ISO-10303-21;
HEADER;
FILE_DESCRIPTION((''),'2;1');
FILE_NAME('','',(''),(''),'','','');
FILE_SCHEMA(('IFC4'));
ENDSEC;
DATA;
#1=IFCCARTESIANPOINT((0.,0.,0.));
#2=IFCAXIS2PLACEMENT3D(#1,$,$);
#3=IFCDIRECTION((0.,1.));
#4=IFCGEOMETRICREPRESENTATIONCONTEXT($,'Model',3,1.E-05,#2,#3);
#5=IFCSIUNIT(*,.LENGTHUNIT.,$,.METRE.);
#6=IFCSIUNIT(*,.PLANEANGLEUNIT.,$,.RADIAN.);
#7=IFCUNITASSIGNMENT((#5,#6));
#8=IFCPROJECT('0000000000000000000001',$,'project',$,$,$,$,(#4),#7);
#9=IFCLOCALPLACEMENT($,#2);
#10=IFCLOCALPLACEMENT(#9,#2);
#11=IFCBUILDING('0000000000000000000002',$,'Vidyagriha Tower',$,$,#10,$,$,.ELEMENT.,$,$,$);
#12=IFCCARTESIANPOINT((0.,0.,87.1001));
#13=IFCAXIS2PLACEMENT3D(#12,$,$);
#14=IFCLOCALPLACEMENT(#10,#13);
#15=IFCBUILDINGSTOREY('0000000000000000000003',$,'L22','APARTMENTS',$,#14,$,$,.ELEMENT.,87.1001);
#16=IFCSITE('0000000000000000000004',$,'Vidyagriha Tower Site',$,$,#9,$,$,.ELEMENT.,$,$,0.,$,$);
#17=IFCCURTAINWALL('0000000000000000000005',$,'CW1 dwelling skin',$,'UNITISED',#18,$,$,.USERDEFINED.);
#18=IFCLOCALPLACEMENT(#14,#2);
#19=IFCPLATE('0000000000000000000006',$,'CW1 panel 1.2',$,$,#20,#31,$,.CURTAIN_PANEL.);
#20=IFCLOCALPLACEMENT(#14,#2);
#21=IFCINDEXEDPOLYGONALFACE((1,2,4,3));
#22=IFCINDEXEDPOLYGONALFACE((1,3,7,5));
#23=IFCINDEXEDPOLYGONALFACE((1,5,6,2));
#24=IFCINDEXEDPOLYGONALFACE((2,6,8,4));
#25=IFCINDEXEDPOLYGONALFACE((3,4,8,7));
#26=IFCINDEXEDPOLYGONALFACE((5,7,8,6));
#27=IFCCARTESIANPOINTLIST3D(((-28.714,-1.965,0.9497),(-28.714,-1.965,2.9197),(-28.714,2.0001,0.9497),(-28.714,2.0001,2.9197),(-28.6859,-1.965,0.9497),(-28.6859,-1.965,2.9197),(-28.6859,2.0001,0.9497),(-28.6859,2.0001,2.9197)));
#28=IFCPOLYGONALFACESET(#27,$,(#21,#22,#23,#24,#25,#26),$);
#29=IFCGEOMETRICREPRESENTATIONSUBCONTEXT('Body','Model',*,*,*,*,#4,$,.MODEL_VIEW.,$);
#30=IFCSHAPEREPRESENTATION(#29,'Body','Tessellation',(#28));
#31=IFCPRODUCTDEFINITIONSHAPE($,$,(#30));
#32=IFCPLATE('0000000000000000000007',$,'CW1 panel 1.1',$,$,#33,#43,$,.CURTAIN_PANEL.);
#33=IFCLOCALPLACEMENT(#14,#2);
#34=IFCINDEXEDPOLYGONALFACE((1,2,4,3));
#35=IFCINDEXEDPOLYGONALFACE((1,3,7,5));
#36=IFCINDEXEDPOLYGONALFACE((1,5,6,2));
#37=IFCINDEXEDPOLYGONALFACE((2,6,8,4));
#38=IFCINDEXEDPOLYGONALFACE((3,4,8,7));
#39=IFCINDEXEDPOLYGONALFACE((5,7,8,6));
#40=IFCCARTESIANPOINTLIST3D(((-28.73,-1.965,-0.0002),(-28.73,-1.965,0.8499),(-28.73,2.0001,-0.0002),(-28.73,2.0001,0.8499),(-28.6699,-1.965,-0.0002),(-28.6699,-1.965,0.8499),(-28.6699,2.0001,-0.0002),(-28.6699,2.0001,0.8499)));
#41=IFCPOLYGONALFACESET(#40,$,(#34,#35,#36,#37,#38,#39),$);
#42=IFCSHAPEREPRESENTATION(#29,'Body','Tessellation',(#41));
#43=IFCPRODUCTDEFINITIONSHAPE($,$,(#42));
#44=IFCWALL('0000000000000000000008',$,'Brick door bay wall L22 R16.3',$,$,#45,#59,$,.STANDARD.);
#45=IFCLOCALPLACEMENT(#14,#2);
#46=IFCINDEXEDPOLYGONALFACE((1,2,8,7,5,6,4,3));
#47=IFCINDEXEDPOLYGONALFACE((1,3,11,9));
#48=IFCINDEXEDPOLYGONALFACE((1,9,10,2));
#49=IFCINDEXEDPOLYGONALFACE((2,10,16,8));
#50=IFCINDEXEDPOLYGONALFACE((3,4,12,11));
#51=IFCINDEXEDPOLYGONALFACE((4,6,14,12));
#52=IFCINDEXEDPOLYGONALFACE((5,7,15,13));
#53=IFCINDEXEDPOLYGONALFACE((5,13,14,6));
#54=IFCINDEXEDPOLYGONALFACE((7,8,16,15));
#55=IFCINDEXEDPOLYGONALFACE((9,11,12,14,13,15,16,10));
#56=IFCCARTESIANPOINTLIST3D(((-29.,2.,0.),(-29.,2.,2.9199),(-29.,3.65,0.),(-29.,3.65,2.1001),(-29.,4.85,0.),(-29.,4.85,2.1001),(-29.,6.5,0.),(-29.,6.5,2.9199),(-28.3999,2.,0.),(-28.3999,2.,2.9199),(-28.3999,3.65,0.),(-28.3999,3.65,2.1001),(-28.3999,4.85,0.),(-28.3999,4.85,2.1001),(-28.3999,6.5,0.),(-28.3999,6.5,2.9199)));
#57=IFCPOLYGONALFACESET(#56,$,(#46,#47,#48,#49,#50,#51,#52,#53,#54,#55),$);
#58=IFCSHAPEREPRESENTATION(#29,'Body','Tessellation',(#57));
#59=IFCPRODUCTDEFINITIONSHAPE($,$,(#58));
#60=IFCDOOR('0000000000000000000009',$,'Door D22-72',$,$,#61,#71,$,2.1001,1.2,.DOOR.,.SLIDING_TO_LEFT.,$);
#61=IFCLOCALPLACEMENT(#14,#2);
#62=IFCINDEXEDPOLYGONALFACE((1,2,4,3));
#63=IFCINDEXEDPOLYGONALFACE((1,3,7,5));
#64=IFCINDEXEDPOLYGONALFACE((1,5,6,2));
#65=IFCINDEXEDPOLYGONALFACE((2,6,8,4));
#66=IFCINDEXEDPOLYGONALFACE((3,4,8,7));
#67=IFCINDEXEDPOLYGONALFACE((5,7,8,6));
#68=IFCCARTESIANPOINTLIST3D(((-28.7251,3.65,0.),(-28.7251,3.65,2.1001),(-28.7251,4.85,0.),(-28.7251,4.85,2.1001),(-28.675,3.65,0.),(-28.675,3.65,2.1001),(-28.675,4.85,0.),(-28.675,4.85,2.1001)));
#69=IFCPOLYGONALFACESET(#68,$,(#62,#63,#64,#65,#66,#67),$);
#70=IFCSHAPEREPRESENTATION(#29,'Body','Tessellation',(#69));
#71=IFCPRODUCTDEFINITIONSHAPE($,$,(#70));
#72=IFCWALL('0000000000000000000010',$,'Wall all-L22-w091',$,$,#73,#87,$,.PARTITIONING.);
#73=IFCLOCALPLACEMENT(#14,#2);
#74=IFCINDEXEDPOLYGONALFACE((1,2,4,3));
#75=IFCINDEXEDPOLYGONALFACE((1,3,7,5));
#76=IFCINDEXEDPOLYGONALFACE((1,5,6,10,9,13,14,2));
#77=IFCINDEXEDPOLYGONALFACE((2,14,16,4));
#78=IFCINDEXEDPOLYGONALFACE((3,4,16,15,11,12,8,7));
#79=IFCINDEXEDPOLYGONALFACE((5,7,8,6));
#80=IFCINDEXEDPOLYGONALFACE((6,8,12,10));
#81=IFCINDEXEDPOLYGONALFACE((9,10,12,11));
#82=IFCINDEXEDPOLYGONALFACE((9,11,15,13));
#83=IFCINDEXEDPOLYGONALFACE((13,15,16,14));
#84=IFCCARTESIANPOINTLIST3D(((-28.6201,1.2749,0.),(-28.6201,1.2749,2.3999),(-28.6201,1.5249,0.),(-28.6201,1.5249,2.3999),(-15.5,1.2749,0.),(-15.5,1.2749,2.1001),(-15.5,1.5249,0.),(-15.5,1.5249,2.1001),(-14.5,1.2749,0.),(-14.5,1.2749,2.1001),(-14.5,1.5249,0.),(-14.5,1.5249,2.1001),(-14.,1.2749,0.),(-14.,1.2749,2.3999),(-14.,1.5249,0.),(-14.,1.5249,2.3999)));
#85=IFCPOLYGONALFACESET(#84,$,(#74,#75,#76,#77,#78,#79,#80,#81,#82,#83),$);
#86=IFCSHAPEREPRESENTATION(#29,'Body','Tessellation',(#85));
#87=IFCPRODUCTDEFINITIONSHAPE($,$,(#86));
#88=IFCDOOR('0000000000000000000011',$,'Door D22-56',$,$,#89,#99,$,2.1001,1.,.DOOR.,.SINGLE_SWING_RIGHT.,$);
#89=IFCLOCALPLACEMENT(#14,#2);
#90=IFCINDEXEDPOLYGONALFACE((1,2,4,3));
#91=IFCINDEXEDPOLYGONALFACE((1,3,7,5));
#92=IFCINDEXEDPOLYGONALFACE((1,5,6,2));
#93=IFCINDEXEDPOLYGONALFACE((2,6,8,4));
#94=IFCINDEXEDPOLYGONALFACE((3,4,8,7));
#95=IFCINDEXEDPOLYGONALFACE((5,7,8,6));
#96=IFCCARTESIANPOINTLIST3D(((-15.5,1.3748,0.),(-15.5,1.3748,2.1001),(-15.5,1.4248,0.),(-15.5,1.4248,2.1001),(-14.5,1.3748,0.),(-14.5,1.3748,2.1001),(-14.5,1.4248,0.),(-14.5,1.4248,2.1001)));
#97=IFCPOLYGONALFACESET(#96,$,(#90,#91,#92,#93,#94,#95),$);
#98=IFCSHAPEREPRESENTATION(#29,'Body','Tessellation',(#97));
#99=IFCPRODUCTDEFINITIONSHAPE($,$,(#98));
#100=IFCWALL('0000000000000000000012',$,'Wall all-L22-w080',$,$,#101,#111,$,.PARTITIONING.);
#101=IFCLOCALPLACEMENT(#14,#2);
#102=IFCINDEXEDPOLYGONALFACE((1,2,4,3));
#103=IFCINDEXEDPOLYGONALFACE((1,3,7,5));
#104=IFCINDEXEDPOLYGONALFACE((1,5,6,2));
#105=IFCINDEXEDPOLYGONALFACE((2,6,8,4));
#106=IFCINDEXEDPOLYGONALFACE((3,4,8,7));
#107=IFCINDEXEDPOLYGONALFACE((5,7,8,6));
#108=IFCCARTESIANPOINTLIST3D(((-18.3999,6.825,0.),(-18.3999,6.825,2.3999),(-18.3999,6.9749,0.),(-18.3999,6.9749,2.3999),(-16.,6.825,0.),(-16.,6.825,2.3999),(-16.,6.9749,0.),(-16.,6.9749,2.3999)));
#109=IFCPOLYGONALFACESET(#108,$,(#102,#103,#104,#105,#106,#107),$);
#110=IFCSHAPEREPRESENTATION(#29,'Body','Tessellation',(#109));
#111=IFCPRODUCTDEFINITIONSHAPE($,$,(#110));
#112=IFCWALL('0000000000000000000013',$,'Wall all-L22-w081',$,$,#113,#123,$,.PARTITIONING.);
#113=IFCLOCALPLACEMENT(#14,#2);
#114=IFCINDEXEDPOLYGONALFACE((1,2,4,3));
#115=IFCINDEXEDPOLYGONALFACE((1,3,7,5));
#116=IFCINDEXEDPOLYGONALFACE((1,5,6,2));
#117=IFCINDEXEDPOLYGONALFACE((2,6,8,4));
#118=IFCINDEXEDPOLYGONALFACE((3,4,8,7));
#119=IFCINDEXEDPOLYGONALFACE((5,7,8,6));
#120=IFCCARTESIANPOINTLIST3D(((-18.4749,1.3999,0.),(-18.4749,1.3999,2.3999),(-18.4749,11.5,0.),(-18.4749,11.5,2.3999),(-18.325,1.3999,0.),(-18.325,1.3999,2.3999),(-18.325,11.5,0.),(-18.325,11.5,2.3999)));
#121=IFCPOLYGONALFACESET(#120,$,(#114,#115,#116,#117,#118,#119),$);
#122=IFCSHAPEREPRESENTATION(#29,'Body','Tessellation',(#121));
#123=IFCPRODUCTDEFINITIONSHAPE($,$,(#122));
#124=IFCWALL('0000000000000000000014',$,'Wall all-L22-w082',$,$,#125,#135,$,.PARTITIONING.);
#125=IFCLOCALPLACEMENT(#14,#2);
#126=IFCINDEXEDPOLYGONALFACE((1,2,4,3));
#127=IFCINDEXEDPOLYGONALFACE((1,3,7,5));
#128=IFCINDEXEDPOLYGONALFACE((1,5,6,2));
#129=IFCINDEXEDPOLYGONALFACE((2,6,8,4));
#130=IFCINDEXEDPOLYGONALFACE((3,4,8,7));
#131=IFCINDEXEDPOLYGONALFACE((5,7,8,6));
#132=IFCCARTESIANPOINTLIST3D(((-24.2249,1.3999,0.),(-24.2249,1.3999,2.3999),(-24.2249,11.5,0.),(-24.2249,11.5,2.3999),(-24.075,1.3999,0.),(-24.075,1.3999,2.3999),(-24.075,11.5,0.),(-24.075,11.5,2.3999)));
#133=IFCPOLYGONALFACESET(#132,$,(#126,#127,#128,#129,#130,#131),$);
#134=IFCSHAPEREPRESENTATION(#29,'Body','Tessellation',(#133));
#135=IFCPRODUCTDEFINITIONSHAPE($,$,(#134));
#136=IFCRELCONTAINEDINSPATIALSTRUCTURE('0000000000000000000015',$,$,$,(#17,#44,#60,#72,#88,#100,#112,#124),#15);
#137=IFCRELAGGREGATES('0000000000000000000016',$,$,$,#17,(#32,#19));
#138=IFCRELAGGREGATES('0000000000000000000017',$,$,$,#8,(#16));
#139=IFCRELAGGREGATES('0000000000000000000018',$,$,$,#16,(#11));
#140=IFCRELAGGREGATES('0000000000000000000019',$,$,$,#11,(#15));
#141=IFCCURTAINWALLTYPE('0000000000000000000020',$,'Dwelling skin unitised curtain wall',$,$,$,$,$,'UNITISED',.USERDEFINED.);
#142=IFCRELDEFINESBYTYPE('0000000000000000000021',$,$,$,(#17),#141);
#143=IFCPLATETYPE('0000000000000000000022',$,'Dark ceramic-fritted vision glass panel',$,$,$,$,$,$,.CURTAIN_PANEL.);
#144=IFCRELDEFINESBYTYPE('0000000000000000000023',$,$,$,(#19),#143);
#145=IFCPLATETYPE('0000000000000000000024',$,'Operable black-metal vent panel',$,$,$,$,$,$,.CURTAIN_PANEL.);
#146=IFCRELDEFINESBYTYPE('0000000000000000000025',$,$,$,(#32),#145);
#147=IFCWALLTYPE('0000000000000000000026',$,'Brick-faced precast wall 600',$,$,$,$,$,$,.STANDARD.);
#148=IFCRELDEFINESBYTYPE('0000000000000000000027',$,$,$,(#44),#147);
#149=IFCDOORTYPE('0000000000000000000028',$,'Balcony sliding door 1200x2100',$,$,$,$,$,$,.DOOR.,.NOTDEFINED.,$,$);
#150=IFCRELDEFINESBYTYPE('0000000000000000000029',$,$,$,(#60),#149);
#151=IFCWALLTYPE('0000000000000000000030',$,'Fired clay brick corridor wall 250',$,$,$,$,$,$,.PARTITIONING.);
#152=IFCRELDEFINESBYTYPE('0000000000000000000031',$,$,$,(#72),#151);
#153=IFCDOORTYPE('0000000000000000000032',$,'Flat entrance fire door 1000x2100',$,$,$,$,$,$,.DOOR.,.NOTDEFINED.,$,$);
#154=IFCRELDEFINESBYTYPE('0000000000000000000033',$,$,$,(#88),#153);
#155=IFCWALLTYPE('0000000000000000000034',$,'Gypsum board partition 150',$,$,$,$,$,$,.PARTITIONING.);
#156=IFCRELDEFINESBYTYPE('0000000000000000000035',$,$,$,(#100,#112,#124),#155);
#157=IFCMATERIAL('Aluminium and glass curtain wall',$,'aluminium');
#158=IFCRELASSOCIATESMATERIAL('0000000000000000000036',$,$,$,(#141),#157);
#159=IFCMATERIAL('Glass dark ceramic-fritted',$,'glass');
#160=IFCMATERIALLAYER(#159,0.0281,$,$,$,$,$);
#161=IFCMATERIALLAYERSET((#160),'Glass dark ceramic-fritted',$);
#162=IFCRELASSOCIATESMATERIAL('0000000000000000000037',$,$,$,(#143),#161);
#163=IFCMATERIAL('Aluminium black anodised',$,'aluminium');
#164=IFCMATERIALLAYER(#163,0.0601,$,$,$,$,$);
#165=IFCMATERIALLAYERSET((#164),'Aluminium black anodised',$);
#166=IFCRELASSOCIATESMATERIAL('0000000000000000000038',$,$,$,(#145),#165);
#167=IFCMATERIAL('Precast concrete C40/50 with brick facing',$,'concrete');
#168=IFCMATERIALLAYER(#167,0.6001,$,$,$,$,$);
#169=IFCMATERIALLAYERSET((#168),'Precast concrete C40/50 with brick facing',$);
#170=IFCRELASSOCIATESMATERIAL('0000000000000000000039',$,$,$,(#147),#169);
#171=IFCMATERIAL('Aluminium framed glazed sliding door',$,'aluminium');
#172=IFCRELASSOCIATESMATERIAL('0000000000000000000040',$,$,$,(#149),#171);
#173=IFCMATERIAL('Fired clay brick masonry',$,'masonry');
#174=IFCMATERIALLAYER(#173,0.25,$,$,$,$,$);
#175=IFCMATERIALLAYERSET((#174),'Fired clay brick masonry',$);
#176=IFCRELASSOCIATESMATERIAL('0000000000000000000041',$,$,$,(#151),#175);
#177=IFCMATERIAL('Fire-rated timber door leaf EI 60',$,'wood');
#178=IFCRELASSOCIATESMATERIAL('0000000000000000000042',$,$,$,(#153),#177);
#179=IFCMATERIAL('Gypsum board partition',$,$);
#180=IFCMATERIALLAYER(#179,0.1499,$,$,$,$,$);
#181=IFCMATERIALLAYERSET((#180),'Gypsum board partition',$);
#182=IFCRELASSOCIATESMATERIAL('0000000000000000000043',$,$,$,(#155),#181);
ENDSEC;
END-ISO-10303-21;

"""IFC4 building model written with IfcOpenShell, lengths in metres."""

from ifc_helpers import new_model, si_unit, direction, frame, frame_2d, origin, origin_2d, place, context, subcontext, project, spatial, rectangle, extrude, material, layer, layer_set, type_object, element, fill, aggregate, save


model = new_model("IFC4")

# Units and contexts
model_context = context("Model", 3, precision=1e-05, world=origin(), true_north=direction((0.0, 1.0)))
body_context = subcontext(model_context, "Body", "Model", "MODEL_VIEW")
ifc_project = project(units=[si_unit("LENGTHUNIT", "METRE"), si_unit("PLANEANGLEUNIT", "RADIAN")], contexts=[model_context])

# Site, building, storey
site_placement = place(None, origin())
site = spatial("IfcSite", under=ifc_project, at=site_placement, Name="Vidyagriha Tower Site", CompositionType="ELEMENT", RefElevation=0.0)
building_placement = place(site_placement, origin())
building = spatial("IfcBuilding", under=site, at=building_placement, Name="Vidyagriha Tower", CompositionType="ELEMENT")
storey_placement = place(building_placement, frame((0.0, 0.0, 87.1001)))
storey = spatial("IfcBuildingStorey", under=building, at=storey_placement, Name="L22", Description="APARTMENTS", CompositionType="ELEMENT", Elevation=87.1001)

# Shared definitions
ifc_material_1 = material(Name="Aluminium and glass curtain wall", Category="aluminium")
curtain_wall_type = type_object("IfcCurtainWallType", Name="Dwelling skin unitised curtain wall", ElementType="UNITISED", PredefinedType="USERDEFINED", material=ifc_material_1)

# Curtain wall
curtain_wall_1_placement = place(storey_placement, origin())
curtain_wall_1 = element("IfcCurtainWall", 1, at=curtain_wall_1_placement, inside=storey, type_object=curtain_wall_type, Name="CW1 dwelling skin", ObjectType="UNITISED", PredefinedType="USERDEFINED")

# Plates
ifc_material_2 = material(Name="Glass dark ceramic-fritted", Category="glass")
ifc_layer_1 = layer(ifc_material_2, 0.0281)
ifc_layer_set_1 = layer_set([ifc_layer_1], Name="Glass dark ceramic-fritted")
plate_type_1 = type_object("IfcPlateType", Name="Dark ceramic-fritted vision glass panel", PredefinedType="CURTAIN_PANEL", material=ifc_layer_set_1)
plate_1_placement = place(storey_placement, frame((-28.7, 0.0176, 0.9497), z_axis=(0.0, 0.0, 1.0), x_axis=(0.0, -1.0, 0.0)))
plate_1 = element("IfcPlate", 2, at=plate_1_placement, type_object=plate_type_1, Name="CW1 panel 1.2", PredefinedType="CURTAIN_PANEL", context=body_context, shape_type="SweptSolid", body=[
    extrude(rectangle(XDim=3.9651, YDim=0.0281, at=origin_2d()), origin(), (0.0, 0.0, 1.0), 1.97),
])
ifc_material_3 = material(Name="Aluminium black anodised", Category="aluminium")
ifc_layer_2 = layer(ifc_material_3, 0.0601)
ifc_layer_set_2 = layer_set([ifc_layer_2], Name="Aluminium black anodised")
plate_type_2 = type_object("IfcPlateType", Name="Operable black-metal vent panel", PredefinedType="CURTAIN_PANEL", material=ifc_layer_set_2)
plate_2_placement = place(storey_placement, frame((-28.7, 0.0176, -0.0002), z_axis=(0.0, 0.0, 1.0), x_axis=(0.0, -1.0, 0.0)))
plate_2 = element("IfcPlate", 3, at=plate_2_placement, type_object=plate_type_2, Name="CW1 panel 1.1", PredefinedType="CURTAIN_PANEL", context=body_context, shape_type="SweptSolid", body=[
    extrude(rectangle(XDim=3.9651, YDim=0.0601, at=origin_2d()), origin(), (0.0, 0.0, 1.0), 0.8501),
])
aggregate(curtain_wall_1, [plate_2, plate_1])

# Walls, openings, doors
ifc_material_4 = material(Name="Precast concrete C40/50 with brick facing", Category="concrete")
ifc_layer_3 = layer(ifc_material_4, 0.6001)
ifc_layer_set_3 = layer_set([ifc_layer_3], Name="Precast concrete C40/50 with brick facing")
wall_type_1 = type_object("IfcWallType", Name="Brick-faced precast wall 600", PredefinedType="STANDARD", material=ifc_layer_set_3)
wall_1_placement = place(storey_placement, frame((-28.7, 6.5, 0.0), z_axis=(0.0, 0.0, 1.0), x_axis=(0.0, -1.0, 0.0)))
wall_1 = element("IfcWall", 4, at=wall_1_placement, inside=storey, type_object=wall_type_1, Name="Brick door bay wall L22 R16.3", PredefinedType="STANDARD", context=body_context, shape_type="SweptSolid", body=[
    extrude(rectangle(XDim=4.5, YDim=0.6001, at=frame_2d((2.25, 0.0))), origin(), (0.0, 0.0, 1.0), 2.9199),
])
opening_1_placement = place(wall_1_placement, frame((1.6499, 0.0, 0.0)))
opening_1 = element("IfcOpeningElement", 5, at=opening_1_placement, cuts=wall_1, PredefinedType="OPENING", context=body_context, shape_type="SweptSolid", body=[
    extrude(rectangle(XDim=1.2, YDim=2.1001, at=frame_2d((0.6001, 1.05))), frame((0.0, 0.3101, 0.0), z_axis=(0.0, -1.0, 0.0), x_axis=(1.0, 0.0, 0.0)), (0.0, 0.0, 1.0), 0.6201),
])
ifc_material_5 = material(Name="Aluminium framed glazed sliding door", Category="aluminium")
door_type_1 = type_object("IfcDoorType", Name="Balcony sliding door 1200x2100", OperationType="NOTDEFINED", PredefinedType="DOOR", material=ifc_material_5)
door_1_placement = place(opening_1_placement, origin())
door_1 = element("IfcDoor", 6, at=door_1_placement, inside=storey, type_object=door_type_1, Name="Door D22-72", OperationType="SLIDING_TO_LEFT", OverallHeight=2.1001, OverallWidth=1.2, PredefinedType="DOOR", context=body_context, shape_type="SweptSolid", body=[
    extrude(rectangle(XDim=1.2, YDim=2.1001, at=frame_2d((0.6001, 1.05))), frame((0.0, 0.0249, 0.0), z_axis=(0.0, -1.0, 0.0), x_axis=(1.0, 0.0, 0.0)), (0.0, 0.0, 1.0), 0.05),
])
fill(opening_1, door_1)
ifc_material_6 = material(Name="Fired clay brick masonry", Category="masonry")
ifc_layer_4 = layer(ifc_material_6, 0.25)
ifc_layer_set_4 = layer_set([ifc_layer_4], Name="Fired clay brick masonry")
wall_type_2 = type_object("IfcWallType", Name="Fired clay brick corridor wall 250", PredefinedType="PARTITIONING", material=ifc_layer_set_4)
wall_2_placement = place(storey_placement, frame((-28.6201, 1.3999, 0.0)))
wall_2 = element("IfcWall", 7, at=wall_2_placement, inside=storey, type_object=wall_type_2, Name="Wall all-L22-w091", PredefinedType="PARTITIONING", context=body_context, shape_type="SweptSolid", body=[
    extrude(rectangle(XDim=14.6201, YDim=0.25, at=frame_2d((7.3101, 0.0))), origin(), (0.0, 0.0, 1.0), 2.3999),
])
opening_2_placement = place(wall_2_placement, frame((13.1201, 0.0, 0.0)))
opening_2 = element("IfcOpeningElement", 8, at=opening_2_placement, cuts=wall_2, PredefinedType="OPENING", context=body_context, shape_type="SweptSolid", body=[
    extrude(rectangle(XDim=1.0, YDim=2.1001, at=frame_2d((0.5, 1.05))), frame((0.0, 0.135, 0.0), z_axis=(0.0, -1.0, 0.0), x_axis=(1.0, 0.0, 0.0)), (0.0, 0.0, 1.0), 0.27),
])
ifc_material_7 = material(Name="Fire-rated timber door leaf EI 60", Category="wood")
door_type_2 = type_object("IfcDoorType", Name="Flat entrance fire door 1000x2100", OperationType="NOTDEFINED", PredefinedType="DOOR", material=ifc_material_7)
door_2_placement = place(opening_2_placement, origin())
door_2 = element("IfcDoor", 9, at=door_2_placement, inside=storey, type_object=door_type_2, Name="Door D22-56", OperationType="SINGLE_SWING_RIGHT", OverallHeight=2.1001, OverallWidth=1.0, PredefinedType="DOOR", context=body_context, shape_type="SweptSolid", body=[
    extrude(rectangle(XDim=1.0, YDim=2.1001, at=frame_2d((0.5, 1.05))), frame((0.0, 0.0249, 0.0), z_axis=(0.0, -1.0, 0.0), x_axis=(1.0, 0.0, 0.0)), (0.0, 0.0, 1.0), 0.05),
])
fill(opening_2, door_2)

# Walls
ifc_material_8 = material(Name="Gypsum board partition")
ifc_layer_5 = layer(ifc_material_8, 0.1499)
ifc_layer_set_5 = layer_set([ifc_layer_5], Name="Gypsum board partition")
wall_type_3 = type_object("IfcWallType", Name="Gypsum board partition 150", PredefinedType="PARTITIONING", material=ifc_layer_set_5)
wall_3_placement = place(storey_placement, frame((-18.3999, 6.8999, 0.0)))
element("IfcWall", 10, at=wall_3_placement, inside=storey, type_object=wall_type_3, Name="Wall all-L22-w080", PredefinedType="PARTITIONING", context=body_context, shape_type="SweptSolid", body=[
    extrude(rectangle(XDim=2.3999, YDim=0.1499, at=frame_2d((1.2, 0.0))), origin(), (0.0, 0.0, 1.0), 2.3999),
])
for number, where, z_axis, x_axis, name in (
    (11, (-18.3999, 1.3999, 0.0), (0.0, 0.0, 1.0), (0.0, 1.0, 0.0), "Wall all-L22-w081"),
    (12, (-24.1499, 1.3999, 0.0), (0.0, 0.0, 1.0), (0.0, 1.0, 0.0), "Wall all-L22-w082"),
):
    element("IfcWall", number, at=place(storey_placement, frame(where, z_axis=z_axis, x_axis=x_axis)), inside=storey, type_object=wall_type_3, Name=name, PredefinedType="PARTITIONING", context=body_context, shape_type="SweptSolid", body=[
        extrude(rectangle(XDim=10.1001, YDim=0.1499, at=frame_2d((5.05, 0.0))), origin(), (0.0, 0.0, 1.0), 2.3999),
    ])

save(model, "model.ifc")
